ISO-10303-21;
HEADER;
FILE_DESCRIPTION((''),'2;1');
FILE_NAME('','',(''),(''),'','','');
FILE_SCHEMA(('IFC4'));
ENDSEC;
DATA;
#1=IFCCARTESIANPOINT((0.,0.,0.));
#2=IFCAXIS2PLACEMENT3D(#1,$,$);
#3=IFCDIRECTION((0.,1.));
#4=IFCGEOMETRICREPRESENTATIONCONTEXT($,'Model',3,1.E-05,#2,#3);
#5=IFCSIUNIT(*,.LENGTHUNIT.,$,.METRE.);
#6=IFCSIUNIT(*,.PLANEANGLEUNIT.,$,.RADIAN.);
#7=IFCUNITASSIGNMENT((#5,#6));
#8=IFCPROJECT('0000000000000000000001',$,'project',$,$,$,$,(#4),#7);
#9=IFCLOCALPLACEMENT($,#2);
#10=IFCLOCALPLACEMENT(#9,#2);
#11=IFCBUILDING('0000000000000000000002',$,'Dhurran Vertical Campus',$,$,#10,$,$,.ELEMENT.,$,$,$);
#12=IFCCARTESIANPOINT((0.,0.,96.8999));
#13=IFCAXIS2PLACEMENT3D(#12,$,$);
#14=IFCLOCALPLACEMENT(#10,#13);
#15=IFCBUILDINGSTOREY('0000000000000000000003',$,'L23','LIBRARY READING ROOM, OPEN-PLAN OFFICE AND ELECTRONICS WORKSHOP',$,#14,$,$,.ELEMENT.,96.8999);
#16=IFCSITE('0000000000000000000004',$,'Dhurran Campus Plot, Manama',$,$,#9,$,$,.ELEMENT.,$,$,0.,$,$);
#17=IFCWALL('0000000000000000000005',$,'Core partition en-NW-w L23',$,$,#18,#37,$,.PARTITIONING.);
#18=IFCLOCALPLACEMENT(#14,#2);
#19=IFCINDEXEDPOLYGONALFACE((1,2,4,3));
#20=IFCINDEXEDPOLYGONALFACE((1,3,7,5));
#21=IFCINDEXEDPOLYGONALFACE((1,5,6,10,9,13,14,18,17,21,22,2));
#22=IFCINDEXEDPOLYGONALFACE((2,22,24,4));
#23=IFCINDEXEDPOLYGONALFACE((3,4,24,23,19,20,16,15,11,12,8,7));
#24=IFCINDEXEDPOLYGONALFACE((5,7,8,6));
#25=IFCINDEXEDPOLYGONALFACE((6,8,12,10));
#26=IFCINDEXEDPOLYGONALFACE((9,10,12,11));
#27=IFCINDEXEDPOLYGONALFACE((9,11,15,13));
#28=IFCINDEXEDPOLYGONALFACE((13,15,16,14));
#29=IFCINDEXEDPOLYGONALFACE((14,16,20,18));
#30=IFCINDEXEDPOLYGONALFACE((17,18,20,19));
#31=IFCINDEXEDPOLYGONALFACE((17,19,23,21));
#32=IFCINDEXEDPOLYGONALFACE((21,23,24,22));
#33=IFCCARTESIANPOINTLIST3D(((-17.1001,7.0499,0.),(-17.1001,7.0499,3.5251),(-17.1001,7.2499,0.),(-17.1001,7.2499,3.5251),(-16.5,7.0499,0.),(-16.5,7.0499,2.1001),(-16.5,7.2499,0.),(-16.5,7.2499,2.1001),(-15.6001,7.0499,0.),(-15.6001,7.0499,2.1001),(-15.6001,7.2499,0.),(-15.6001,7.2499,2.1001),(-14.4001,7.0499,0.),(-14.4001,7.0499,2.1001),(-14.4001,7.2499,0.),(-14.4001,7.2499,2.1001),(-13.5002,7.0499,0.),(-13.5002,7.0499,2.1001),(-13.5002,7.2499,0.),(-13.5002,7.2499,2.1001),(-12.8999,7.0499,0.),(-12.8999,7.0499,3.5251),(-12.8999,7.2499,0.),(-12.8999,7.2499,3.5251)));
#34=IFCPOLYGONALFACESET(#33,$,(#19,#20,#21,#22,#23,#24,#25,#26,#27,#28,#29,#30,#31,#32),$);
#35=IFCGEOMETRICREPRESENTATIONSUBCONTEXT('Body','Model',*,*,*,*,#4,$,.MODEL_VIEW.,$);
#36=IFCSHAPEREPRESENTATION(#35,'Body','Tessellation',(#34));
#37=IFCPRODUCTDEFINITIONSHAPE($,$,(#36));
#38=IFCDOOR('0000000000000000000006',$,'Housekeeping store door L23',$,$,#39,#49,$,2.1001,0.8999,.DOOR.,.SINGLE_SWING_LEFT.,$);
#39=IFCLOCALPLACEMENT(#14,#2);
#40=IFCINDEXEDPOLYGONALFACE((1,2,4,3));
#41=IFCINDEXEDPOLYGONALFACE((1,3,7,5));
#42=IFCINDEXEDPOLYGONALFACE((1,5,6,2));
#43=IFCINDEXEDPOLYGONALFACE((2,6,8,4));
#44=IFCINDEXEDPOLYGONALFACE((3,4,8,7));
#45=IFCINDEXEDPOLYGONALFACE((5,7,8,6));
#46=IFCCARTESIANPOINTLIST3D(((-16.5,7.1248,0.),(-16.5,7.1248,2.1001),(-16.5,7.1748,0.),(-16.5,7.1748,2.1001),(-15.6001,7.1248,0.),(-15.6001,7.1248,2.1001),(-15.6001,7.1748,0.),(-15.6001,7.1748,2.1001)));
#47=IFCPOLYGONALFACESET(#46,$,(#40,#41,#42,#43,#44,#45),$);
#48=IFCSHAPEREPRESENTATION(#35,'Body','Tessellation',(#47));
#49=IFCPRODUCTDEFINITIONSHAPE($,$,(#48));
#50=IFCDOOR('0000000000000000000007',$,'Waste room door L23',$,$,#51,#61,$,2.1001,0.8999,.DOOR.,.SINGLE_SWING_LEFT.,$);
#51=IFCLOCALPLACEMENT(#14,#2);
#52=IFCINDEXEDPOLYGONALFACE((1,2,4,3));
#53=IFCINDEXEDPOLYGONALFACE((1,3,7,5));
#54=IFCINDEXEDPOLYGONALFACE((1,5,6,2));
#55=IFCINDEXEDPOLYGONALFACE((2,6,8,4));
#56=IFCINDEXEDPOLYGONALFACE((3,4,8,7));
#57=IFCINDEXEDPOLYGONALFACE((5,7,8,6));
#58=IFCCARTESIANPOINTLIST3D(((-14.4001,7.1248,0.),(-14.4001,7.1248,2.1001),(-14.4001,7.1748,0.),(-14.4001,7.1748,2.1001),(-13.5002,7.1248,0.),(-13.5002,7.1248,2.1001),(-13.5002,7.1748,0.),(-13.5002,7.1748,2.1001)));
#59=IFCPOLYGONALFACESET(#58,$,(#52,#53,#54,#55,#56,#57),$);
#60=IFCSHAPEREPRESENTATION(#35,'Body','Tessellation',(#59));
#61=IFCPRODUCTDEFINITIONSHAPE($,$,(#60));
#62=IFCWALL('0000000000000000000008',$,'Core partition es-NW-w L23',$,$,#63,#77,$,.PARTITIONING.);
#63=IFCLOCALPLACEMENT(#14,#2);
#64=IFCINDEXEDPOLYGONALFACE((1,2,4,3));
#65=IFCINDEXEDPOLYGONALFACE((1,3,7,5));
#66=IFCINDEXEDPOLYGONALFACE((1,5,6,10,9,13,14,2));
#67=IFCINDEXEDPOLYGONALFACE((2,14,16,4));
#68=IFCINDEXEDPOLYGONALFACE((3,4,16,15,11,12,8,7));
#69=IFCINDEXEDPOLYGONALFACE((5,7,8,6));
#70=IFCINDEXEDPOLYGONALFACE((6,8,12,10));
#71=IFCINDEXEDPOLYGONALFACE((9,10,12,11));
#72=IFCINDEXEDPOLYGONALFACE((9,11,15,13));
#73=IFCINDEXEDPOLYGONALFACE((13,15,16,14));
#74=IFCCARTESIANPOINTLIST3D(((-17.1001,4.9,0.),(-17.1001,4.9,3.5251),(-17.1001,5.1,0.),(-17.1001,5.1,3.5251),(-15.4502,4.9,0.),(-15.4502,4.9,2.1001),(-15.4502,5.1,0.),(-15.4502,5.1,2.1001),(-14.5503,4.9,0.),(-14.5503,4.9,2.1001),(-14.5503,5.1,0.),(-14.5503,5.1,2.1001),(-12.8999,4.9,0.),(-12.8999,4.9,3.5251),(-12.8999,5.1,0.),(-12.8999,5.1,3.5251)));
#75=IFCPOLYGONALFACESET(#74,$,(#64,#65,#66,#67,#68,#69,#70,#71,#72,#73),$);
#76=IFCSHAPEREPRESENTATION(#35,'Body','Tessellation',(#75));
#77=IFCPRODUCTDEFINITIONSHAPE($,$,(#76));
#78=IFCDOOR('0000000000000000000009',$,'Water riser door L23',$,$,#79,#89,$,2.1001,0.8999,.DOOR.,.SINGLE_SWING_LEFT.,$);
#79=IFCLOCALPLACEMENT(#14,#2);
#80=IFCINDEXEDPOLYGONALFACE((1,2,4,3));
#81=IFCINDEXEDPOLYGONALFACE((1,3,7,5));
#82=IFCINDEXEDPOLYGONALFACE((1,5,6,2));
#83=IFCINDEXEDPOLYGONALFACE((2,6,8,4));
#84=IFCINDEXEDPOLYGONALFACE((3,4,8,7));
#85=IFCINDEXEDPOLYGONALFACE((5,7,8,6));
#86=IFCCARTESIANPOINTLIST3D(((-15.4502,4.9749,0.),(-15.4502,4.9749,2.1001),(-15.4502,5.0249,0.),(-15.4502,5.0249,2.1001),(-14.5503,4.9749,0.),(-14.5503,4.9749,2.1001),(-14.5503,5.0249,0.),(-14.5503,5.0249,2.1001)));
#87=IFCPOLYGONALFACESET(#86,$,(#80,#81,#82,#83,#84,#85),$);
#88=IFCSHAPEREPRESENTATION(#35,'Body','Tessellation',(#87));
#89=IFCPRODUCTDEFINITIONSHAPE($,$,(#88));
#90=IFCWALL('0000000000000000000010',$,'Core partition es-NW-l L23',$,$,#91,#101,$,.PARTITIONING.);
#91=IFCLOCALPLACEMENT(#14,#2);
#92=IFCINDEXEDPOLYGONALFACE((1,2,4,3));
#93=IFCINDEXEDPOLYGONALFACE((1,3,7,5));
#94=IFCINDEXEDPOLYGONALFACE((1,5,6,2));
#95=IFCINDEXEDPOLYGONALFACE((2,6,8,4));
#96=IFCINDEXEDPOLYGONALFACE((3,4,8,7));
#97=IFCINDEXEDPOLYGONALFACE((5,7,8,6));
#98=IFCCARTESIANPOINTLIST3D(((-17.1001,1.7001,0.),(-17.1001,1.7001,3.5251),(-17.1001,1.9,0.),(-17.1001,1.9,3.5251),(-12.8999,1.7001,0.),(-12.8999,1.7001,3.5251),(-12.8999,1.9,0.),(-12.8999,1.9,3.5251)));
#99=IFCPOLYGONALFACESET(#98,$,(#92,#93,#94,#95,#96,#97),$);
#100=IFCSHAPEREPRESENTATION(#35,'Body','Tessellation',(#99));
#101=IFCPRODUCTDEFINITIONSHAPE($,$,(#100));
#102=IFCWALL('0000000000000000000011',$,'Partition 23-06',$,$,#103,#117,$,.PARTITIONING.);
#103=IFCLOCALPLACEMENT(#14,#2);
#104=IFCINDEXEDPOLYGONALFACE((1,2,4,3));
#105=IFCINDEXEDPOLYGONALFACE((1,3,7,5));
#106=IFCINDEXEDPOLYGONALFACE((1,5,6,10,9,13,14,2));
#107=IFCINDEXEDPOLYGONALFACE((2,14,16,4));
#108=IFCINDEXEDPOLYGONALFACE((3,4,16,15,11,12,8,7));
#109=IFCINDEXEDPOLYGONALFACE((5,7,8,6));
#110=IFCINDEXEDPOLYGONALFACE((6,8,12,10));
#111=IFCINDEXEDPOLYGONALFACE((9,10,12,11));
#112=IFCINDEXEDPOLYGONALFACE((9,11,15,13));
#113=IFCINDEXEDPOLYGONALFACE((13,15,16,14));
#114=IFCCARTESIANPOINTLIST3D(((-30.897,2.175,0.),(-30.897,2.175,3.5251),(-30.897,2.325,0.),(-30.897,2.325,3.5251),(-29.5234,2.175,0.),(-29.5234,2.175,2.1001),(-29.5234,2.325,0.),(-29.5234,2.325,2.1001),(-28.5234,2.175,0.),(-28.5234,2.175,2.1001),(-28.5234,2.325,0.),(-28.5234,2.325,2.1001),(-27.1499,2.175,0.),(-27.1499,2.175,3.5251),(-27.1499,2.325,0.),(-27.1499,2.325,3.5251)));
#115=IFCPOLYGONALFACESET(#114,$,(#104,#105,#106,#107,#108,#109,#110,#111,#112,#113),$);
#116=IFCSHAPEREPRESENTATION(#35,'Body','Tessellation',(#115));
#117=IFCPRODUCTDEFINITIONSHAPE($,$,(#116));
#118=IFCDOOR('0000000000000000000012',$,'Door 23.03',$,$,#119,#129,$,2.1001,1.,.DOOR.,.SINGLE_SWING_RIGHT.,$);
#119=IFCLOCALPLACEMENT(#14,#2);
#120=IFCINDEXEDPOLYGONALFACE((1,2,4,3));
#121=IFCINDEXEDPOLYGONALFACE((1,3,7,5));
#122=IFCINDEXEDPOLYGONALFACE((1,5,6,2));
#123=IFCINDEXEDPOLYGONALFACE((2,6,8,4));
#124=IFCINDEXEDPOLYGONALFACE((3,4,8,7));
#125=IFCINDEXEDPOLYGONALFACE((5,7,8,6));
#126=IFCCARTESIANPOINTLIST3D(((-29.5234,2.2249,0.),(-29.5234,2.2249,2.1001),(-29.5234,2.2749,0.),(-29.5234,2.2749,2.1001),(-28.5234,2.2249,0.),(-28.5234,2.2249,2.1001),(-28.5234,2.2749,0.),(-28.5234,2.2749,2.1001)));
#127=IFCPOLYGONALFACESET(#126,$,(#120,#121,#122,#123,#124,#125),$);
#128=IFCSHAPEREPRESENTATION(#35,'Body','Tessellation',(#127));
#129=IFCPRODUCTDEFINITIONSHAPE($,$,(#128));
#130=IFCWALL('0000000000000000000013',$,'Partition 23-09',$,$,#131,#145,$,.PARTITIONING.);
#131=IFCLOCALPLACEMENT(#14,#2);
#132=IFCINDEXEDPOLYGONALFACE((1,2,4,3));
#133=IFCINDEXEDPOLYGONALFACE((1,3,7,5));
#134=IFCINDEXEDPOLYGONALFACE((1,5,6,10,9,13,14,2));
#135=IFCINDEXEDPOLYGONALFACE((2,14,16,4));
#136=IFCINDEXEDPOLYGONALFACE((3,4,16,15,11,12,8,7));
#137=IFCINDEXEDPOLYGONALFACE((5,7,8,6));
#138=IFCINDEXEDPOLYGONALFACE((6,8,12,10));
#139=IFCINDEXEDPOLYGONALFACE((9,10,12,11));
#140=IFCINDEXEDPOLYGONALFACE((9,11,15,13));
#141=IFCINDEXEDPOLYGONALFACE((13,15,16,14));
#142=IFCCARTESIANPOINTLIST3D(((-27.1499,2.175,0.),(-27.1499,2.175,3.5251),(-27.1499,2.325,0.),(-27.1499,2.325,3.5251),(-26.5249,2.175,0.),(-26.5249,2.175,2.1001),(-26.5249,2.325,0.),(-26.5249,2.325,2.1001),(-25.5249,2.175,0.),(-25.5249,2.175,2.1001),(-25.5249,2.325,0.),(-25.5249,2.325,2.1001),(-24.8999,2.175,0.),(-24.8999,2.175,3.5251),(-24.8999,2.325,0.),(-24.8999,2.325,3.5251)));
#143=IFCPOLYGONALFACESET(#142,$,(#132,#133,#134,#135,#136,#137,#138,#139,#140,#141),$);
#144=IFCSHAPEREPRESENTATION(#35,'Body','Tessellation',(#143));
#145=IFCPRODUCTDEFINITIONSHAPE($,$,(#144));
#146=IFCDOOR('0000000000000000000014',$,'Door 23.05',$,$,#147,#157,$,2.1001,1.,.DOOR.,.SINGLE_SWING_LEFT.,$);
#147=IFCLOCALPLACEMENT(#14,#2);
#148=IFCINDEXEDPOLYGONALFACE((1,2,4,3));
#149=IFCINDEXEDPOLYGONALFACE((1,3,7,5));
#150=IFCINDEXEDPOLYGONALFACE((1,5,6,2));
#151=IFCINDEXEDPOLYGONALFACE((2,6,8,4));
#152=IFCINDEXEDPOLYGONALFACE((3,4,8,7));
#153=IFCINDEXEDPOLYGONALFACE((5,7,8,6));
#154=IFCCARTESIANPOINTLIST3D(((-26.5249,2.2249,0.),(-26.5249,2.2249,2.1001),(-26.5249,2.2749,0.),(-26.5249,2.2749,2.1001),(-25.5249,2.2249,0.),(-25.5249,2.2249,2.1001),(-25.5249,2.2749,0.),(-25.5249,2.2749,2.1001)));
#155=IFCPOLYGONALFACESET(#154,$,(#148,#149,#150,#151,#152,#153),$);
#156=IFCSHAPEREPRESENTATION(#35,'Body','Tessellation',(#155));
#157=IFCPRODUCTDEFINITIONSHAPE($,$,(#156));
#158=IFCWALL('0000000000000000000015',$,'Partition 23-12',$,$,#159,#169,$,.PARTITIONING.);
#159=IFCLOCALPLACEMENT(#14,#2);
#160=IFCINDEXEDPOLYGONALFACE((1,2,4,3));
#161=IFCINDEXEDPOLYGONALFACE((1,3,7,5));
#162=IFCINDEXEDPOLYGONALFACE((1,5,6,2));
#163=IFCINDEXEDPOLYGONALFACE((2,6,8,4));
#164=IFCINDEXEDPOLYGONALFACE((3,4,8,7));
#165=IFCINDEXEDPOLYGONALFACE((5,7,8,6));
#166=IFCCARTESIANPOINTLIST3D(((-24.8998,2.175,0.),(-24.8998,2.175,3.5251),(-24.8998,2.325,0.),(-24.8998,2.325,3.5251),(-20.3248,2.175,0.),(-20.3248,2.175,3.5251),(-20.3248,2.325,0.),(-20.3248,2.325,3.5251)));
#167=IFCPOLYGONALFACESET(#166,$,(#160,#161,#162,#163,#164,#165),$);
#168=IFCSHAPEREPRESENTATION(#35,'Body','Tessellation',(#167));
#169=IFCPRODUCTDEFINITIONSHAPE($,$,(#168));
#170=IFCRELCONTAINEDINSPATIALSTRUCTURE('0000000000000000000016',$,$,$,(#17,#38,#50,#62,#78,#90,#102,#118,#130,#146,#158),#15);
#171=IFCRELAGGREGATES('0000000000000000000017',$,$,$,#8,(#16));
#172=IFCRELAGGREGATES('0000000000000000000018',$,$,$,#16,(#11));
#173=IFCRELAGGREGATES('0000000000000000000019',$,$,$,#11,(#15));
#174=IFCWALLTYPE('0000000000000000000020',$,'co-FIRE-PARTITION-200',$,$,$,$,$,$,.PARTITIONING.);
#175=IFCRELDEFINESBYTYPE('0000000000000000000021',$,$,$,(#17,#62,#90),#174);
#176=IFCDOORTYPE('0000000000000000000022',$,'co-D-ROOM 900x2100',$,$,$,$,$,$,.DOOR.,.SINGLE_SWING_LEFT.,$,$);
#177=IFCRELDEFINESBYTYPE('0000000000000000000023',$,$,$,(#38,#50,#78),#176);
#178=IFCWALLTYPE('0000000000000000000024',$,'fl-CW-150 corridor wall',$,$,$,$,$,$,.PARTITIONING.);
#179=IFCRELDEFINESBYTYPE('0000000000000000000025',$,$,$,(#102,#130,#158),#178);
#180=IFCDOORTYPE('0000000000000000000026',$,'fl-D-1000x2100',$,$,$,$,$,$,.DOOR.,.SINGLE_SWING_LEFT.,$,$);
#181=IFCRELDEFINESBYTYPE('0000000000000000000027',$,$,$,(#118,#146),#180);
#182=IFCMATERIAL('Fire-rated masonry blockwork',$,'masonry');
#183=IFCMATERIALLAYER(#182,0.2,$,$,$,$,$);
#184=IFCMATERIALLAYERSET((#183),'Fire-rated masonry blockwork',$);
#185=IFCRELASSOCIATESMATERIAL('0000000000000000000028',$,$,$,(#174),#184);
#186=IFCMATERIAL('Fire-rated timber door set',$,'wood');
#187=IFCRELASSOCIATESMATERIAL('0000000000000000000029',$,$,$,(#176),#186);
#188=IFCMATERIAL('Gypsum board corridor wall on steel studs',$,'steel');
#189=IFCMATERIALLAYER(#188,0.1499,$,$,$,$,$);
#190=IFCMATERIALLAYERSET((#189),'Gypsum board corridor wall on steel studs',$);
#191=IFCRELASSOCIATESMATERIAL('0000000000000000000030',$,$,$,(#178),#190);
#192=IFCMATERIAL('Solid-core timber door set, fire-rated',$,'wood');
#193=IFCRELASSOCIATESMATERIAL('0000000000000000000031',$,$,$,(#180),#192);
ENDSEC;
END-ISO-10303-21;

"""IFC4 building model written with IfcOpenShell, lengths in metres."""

from ifc_helpers import new_model, si_unit, direction, frame, frame_2d, origin, place, context, subcontext, project, spatial, rectangle, extrude, material, layer, layer_set, type_object, element, fill, save


model = new_model("IFC4")

# Units and contexts
model_context = context("Model", 3, precision=1e-05, world=origin(), true_north=direction((0.0, 1.0)))
body_context = subcontext(model_context, "Body", "Model", "MODEL_VIEW")
ifc_project = project(units=[si_unit("LENGTHUNIT", "METRE"), si_unit("PLANEANGLEUNIT", "RADIAN")], contexts=[model_context])

# Site, building, storey
site_placement = place(None, origin())
site = spatial("IfcSite", under=ifc_project, at=site_placement, Name="Dhurran Campus Plot, Manama", CompositionType="ELEMENT", RefElevation=0.0)
building_placement = place(site_placement, origin())
building = spatial("IfcBuilding", under=site, at=building_placement, Name="Dhurran Vertical Campus", CompositionType="ELEMENT")
storey_placement = place(building_placement, frame((0.0, 0.0, 96.8999)))
storey = spatial("IfcBuildingStorey", under=building, at=storey_placement, Name="L23", Description="LIBRARY READING ROOM, OPEN-PLAN OFFICE AND ELECTRONICS WORKSHOP", CompositionType="ELEMENT", Elevation=96.8999)

# Shared definitions
ifc_material_1 = material(Name="Fire-rated masonry blockwork", Category="masonry")
ifc_layer_1 = layer(ifc_material_1, 0.2)
ifc_layer_set_1 = layer_set([ifc_layer_1], Name="Fire-rated masonry blockwork")
wall_type_1 = type_object("IfcWallType", Name="co-FIRE-PARTITION-200", PredefinedType="PARTITIONING", material=ifc_layer_set_1)

# Wall, openings, doors
wall_1_placement = place(storey_placement, frame((-17.1001, 7.1499, 0.0), z_axis=(0.0, 0.0, 1.0), x_axis=(1.0, 0.0, 0.0)))
wall_1 = element("IfcWall", 1, at=wall_1_placement, inside=storey, type_object=wall_type_1, Name="Core partition en-NW-w L23", PredefinedType="PARTITIONING", context=body_context, shape_type="SweptSolid", body=[
    extrude(rectangle(XDim=4.2002, YDim=0.2, at=frame_2d((2.1001, 0.0))), origin(), (0.0, 0.0, 1.0), 3.5251),
])
opening_1_placement = place(wall_1_placement, frame((0.6001, 0.0, 0.0)))
opening_1 = element("IfcOpeningElement", 2, at=opening_1_placement, cuts=wall_1, PredefinedType="OPENING", context=body_context, shape_type="SweptSolid", body=[
    extrude(rectangle(XDim=0.8999, YDim=2.1001, at=frame_2d((0.45, 1.05))), frame((0.0, 0.1099, 0.0), z_axis=(0.0, -1.0, 0.0), x_axis=(1.0, 0.0, 0.0)), (0.0, 0.0, 1.0), 0.22),
])
opening_2_placement = place(wall_1_placement, frame((2.7, 0.0, 0.0)))
opening_2 = element("IfcOpeningElement", 3, at=opening_2_placement, cuts=wall_1, PredefinedType="OPENING", context=body_context, shape_type="SweptSolid", body=[
    extrude(rectangle(XDim=0.8999, YDim=2.1001, at=frame_2d((0.45, 1.05))), frame((0.0, 0.1099, 0.0), z_axis=(0.0, -1.0, 0.0), x_axis=(1.0, 0.0, 0.0)), (0.0, 0.0, 1.0), 0.22),
])
ifc_material_2 = material(Name="Fire-rated timber door set", Category="wood")
door_type_1 = type_object("IfcDoorType", Name="co-D-ROOM 900x2100", OperationType="SINGLE_SWING_LEFT", PredefinedType="DOOR", material=ifc_material_2)
door_1_placement = place(opening_1_placement, origin())
door_1 = element("IfcDoor", 4, at=door_1_placement, inside=storey, type_object=door_type_1, Name="Housekeeping store door L23", OperationType="SINGLE_SWING_LEFT", OverallHeight=2.1001, OverallWidth=0.8999, PredefinedType="DOOR", context=body_context, shape_type="SweptSolid", body=[
    extrude(rectangle(XDim=0.8999, YDim=2.1001, at=frame_2d((0.45, 1.05))), frame((0.0, 0.0249, 0.0), z_axis=(0.0, -1.0, 0.0), x_axis=(1.0, 0.0, 0.0)), (0.0, 0.0, 1.0), 0.05),
])
fill(opening_1, door_1)
door_2_placement = place(opening_2_placement, origin())
door_2 = element("IfcDoor", 5, at=door_2_placement, inside=storey, type_object=door_type_1, Name="Waste room door L23", OperationType="SINGLE_SWING_LEFT", OverallHeight=2.1001, OverallWidth=0.8999, PredefinedType="DOOR", context=body_context, shape_type="SweptSolid", body=[
    extrude(rectangle(XDim=0.8999, YDim=2.1001, at=frame_2d((0.45, 1.05))), frame((0.0, 0.0249, 0.0), z_axis=(0.0, -1.0, 0.0), x_axis=(1.0, 0.0, 0.0)), (0.0, 0.0, 1.0), 0.05),
])
fill(opening_2, door_2)

# Wall, opening, door
wall_2_placement = place(storey_placement, frame((-17.1001, 5.0, 0.0), z_axis=(0.0, 0.0, 1.0), x_axis=(1.0, 0.0, 0.0)))
wall_2 = element("IfcWall", 6, at=wall_2_placement, inside=storey, type_object=wall_type_1, Name="Core partition es-NW-w L23", PredefinedType="PARTITIONING", context=body_context, shape_type="SweptSolid", body=[
    extrude(rectangle(XDim=4.2002, YDim=0.2, at=frame_2d((2.1001, 0.0))), origin(), (0.0, 0.0, 1.0), 3.5251),
])
opening_3_placement = place(wall_2_placement, frame((1.6499, 0.0, 0.0)))
opening_3 = element("IfcOpeningElement", 7, at=opening_3_placement, cuts=wall_2, PredefinedType="OPENING", context=body_context, shape_type="SweptSolid", body=[
    extrude(rectangle(XDim=0.8999, YDim=2.1001, at=frame_2d((0.45, 1.05))), frame((0.0, 0.1099, 0.0), z_axis=(0.0, -1.0, 0.0), x_axis=(1.0, 0.0, 0.0)), (0.0, 0.0, 1.0), 0.22),
])
door_3_placement = place(opening_3_placement, origin())
door_3 = element("IfcDoor", 8, at=door_3_placement, inside=storey, type_object=door_type_1, Name="Water riser door L23", OperationType="SINGLE_SWING_LEFT", OverallHeight=2.1001, OverallWidth=0.8999, PredefinedType="DOOR", context=body_context, shape_type="SweptSolid", body=[
    extrude(rectangle(XDim=0.8999, YDim=2.1001, at=frame_2d((0.45, 1.05))), frame((0.0, 0.0249, 0.0), z_axis=(0.0, -1.0, 0.0), x_axis=(1.0, 0.0, 0.0)), (0.0, 0.0, 1.0), 0.05),
])
fill(opening_3, door_3)

# Wall
wall_3_placement = place(storey_placement, frame((-17.1001, 1.8, 0.0), z_axis=(0.0, 0.0, 1.0), x_axis=(1.0, 0.0, 0.0)))
element("IfcWall", 9, at=wall_3_placement, inside=storey, type_object=wall_type_1, Name="Core partition es-NW-l L23", PredefinedType="PARTITIONING", context=body_context, shape_type="SweptSolid", body=[
    extrude(rectangle(XDim=4.2002, YDim=0.2, at=frame_2d((2.1001, 0.0))), origin(), (0.0, 0.0, 1.0), 3.5251),
])

# Walls, openings, doors
ifc_material_3 = material(Name="Gypsum board corridor wall on steel studs", Category="steel")
ifc_layer_2 = layer(ifc_material_3, 0.1499)
ifc_layer_set_2 = layer_set([ifc_layer_2], Name="Gypsum board corridor wall on steel studs")
wall_type_2 = type_object("IfcWallType", Name="fl-CW-150 corridor wall", PredefinedType="PARTITIONING", material=ifc_layer_set_2)
wall_4_placement = place(storey_placement, frame((-30.897, 2.25, 0.0), z_axis=(0.0, 0.0, 1.0), x_axis=(1.0, 0.0, 0.0)))
wall_4 = element("IfcWall", 10, at=wall_4_placement, inside=storey, type_object=wall_type_2, Name="Partition 23-06", PredefinedType="PARTITIONING", context=body_context, shape_type="SweptSolid", body=[
    extrude(rectangle(XDim=3.7471, YDim=0.1499, at=frame_2d((1.8735, 0.0))), origin(), (0.0, 0.0, 1.0), 3.5251),
])
opening_4_placement = place(wall_4_placement, frame((1.3735, 0.0, 0.0)))
opening_4 = element("IfcOpeningElement", 11, at=opening_4_placement, cuts=wall_4, PredefinedType="OPENING", context=body_context, shape_type="SweptSolid", body=[
    extrude(rectangle(XDim=1.0, YDim=2.1001, at=frame_2d((0.5, 1.05))), frame((0.0, 0.085, 0.0), z_axis=(0.0, -1.0, 0.0), x_axis=(1.0, 0.0, 0.0)), (0.0, 0.0, 1.0), 0.1699),
])
ifc_material_4 = material(Name="Solid-core timber door set, fire-rated", Category="wood")
door_type_2 = type_object("IfcDoorType", Name="fl-D-1000x2100", OperationType="SINGLE_SWING_LEFT", PredefinedType="DOOR", material=ifc_material_4)
door_4_placement = place(opening_4_placement, origin())
door_4 = element("IfcDoor", 12, at=door_4_placement, inside=storey, type_object=door_type_2, Name="Door 23.03", OperationType="SINGLE_SWING_RIGHT", OverallHeight=2.1001, OverallWidth=1.0, PredefinedType="DOOR", context=body_context, shape_type="SweptSolid", body=[
    extrude(rectangle(XDim=1.0, YDim=2.1001, at=frame_2d((0.5, 1.05))), frame((0.0, 0.0249, 0.0), z_axis=(0.0, -1.0, 0.0), x_axis=(1.0, 0.0, 0.0)), (0.0, 0.0, 1.0), 0.05),
])
fill(opening_4, door_4)
wall_5_placement = place(storey_placement, frame((-27.1499, 2.25, 0.0), z_axis=(0.0, 0.0, 1.0), x_axis=(1.0, 0.0, 0.0)))
wall_5 = element("IfcWall", 13, at=wall_5_placement, inside=storey, type_object=wall_type_2, Name="Partition 23-09", PredefinedType="PARTITIONING", context=body_context, shape_type="SweptSolid", body=[
    extrude(rectangle(XDim=2.25, YDim=0.1499, at=frame_2d((1.125, 0.0))), origin(), (0.0, 0.0, 1.0), 3.5251),
])
opening_5_placement = place(wall_5_placement, frame((0.625, 0.0, 0.0)))
opening_5 = element("IfcOpeningElement", 14, at=opening_5_placement, cuts=wall_5, PredefinedType="OPENING", context=body_context, shape_type="SweptSolid", body=[
    extrude(rectangle(XDim=1.0, YDim=2.1001, at=frame_2d((0.5, 1.05))), frame((0.0, 0.085, 0.0), z_axis=(0.0, -1.0, 0.0), x_axis=(1.0, 0.0, 0.0)), (0.0, 0.0, 1.0), 0.1699),
])
door_5_placement = place(opening_5_placement, origin())
door_5 = element("IfcDoor", 15, at=door_5_placement, inside=storey, type_object=door_type_2, Name="Door 23.05", OperationType="SINGLE_SWING_LEFT", OverallHeight=2.1001, OverallWidth=1.0, PredefinedType="DOOR", context=body_context, shape_type="SweptSolid", body=[
    extrude(rectangle(XDim=1.0, YDim=2.1001, at=frame_2d((0.5, 1.05))), frame((0.0, 0.0249, 0.0), z_axis=(0.0, -1.0, 0.0), x_axis=(1.0, 0.0, 0.0)), (0.0, 0.0, 1.0), 0.05),
])
fill(opening_5, door_5)

# Wall
wall_6_placement = place(storey_placement, frame((-24.8999, 2.25, 0.0), z_axis=(0.0, 0.0, 1.0), x_axis=(1.0, 0.0, 0.0)))
element("IfcWall", 16, at=wall_6_placement, inside=storey, type_object=wall_type_2, Name="Partition 23-12", PredefinedType="PARTITIONING", context=body_context, shape_type="SweptSolid", body=[
    extrude(rectangle(XDim=4.575, YDim=0.1499, at=frame_2d((2.2876, 0.0))), origin(), (0.0, 0.0, 1.0), 3.5251),
])

save(model, "model.ifc")
